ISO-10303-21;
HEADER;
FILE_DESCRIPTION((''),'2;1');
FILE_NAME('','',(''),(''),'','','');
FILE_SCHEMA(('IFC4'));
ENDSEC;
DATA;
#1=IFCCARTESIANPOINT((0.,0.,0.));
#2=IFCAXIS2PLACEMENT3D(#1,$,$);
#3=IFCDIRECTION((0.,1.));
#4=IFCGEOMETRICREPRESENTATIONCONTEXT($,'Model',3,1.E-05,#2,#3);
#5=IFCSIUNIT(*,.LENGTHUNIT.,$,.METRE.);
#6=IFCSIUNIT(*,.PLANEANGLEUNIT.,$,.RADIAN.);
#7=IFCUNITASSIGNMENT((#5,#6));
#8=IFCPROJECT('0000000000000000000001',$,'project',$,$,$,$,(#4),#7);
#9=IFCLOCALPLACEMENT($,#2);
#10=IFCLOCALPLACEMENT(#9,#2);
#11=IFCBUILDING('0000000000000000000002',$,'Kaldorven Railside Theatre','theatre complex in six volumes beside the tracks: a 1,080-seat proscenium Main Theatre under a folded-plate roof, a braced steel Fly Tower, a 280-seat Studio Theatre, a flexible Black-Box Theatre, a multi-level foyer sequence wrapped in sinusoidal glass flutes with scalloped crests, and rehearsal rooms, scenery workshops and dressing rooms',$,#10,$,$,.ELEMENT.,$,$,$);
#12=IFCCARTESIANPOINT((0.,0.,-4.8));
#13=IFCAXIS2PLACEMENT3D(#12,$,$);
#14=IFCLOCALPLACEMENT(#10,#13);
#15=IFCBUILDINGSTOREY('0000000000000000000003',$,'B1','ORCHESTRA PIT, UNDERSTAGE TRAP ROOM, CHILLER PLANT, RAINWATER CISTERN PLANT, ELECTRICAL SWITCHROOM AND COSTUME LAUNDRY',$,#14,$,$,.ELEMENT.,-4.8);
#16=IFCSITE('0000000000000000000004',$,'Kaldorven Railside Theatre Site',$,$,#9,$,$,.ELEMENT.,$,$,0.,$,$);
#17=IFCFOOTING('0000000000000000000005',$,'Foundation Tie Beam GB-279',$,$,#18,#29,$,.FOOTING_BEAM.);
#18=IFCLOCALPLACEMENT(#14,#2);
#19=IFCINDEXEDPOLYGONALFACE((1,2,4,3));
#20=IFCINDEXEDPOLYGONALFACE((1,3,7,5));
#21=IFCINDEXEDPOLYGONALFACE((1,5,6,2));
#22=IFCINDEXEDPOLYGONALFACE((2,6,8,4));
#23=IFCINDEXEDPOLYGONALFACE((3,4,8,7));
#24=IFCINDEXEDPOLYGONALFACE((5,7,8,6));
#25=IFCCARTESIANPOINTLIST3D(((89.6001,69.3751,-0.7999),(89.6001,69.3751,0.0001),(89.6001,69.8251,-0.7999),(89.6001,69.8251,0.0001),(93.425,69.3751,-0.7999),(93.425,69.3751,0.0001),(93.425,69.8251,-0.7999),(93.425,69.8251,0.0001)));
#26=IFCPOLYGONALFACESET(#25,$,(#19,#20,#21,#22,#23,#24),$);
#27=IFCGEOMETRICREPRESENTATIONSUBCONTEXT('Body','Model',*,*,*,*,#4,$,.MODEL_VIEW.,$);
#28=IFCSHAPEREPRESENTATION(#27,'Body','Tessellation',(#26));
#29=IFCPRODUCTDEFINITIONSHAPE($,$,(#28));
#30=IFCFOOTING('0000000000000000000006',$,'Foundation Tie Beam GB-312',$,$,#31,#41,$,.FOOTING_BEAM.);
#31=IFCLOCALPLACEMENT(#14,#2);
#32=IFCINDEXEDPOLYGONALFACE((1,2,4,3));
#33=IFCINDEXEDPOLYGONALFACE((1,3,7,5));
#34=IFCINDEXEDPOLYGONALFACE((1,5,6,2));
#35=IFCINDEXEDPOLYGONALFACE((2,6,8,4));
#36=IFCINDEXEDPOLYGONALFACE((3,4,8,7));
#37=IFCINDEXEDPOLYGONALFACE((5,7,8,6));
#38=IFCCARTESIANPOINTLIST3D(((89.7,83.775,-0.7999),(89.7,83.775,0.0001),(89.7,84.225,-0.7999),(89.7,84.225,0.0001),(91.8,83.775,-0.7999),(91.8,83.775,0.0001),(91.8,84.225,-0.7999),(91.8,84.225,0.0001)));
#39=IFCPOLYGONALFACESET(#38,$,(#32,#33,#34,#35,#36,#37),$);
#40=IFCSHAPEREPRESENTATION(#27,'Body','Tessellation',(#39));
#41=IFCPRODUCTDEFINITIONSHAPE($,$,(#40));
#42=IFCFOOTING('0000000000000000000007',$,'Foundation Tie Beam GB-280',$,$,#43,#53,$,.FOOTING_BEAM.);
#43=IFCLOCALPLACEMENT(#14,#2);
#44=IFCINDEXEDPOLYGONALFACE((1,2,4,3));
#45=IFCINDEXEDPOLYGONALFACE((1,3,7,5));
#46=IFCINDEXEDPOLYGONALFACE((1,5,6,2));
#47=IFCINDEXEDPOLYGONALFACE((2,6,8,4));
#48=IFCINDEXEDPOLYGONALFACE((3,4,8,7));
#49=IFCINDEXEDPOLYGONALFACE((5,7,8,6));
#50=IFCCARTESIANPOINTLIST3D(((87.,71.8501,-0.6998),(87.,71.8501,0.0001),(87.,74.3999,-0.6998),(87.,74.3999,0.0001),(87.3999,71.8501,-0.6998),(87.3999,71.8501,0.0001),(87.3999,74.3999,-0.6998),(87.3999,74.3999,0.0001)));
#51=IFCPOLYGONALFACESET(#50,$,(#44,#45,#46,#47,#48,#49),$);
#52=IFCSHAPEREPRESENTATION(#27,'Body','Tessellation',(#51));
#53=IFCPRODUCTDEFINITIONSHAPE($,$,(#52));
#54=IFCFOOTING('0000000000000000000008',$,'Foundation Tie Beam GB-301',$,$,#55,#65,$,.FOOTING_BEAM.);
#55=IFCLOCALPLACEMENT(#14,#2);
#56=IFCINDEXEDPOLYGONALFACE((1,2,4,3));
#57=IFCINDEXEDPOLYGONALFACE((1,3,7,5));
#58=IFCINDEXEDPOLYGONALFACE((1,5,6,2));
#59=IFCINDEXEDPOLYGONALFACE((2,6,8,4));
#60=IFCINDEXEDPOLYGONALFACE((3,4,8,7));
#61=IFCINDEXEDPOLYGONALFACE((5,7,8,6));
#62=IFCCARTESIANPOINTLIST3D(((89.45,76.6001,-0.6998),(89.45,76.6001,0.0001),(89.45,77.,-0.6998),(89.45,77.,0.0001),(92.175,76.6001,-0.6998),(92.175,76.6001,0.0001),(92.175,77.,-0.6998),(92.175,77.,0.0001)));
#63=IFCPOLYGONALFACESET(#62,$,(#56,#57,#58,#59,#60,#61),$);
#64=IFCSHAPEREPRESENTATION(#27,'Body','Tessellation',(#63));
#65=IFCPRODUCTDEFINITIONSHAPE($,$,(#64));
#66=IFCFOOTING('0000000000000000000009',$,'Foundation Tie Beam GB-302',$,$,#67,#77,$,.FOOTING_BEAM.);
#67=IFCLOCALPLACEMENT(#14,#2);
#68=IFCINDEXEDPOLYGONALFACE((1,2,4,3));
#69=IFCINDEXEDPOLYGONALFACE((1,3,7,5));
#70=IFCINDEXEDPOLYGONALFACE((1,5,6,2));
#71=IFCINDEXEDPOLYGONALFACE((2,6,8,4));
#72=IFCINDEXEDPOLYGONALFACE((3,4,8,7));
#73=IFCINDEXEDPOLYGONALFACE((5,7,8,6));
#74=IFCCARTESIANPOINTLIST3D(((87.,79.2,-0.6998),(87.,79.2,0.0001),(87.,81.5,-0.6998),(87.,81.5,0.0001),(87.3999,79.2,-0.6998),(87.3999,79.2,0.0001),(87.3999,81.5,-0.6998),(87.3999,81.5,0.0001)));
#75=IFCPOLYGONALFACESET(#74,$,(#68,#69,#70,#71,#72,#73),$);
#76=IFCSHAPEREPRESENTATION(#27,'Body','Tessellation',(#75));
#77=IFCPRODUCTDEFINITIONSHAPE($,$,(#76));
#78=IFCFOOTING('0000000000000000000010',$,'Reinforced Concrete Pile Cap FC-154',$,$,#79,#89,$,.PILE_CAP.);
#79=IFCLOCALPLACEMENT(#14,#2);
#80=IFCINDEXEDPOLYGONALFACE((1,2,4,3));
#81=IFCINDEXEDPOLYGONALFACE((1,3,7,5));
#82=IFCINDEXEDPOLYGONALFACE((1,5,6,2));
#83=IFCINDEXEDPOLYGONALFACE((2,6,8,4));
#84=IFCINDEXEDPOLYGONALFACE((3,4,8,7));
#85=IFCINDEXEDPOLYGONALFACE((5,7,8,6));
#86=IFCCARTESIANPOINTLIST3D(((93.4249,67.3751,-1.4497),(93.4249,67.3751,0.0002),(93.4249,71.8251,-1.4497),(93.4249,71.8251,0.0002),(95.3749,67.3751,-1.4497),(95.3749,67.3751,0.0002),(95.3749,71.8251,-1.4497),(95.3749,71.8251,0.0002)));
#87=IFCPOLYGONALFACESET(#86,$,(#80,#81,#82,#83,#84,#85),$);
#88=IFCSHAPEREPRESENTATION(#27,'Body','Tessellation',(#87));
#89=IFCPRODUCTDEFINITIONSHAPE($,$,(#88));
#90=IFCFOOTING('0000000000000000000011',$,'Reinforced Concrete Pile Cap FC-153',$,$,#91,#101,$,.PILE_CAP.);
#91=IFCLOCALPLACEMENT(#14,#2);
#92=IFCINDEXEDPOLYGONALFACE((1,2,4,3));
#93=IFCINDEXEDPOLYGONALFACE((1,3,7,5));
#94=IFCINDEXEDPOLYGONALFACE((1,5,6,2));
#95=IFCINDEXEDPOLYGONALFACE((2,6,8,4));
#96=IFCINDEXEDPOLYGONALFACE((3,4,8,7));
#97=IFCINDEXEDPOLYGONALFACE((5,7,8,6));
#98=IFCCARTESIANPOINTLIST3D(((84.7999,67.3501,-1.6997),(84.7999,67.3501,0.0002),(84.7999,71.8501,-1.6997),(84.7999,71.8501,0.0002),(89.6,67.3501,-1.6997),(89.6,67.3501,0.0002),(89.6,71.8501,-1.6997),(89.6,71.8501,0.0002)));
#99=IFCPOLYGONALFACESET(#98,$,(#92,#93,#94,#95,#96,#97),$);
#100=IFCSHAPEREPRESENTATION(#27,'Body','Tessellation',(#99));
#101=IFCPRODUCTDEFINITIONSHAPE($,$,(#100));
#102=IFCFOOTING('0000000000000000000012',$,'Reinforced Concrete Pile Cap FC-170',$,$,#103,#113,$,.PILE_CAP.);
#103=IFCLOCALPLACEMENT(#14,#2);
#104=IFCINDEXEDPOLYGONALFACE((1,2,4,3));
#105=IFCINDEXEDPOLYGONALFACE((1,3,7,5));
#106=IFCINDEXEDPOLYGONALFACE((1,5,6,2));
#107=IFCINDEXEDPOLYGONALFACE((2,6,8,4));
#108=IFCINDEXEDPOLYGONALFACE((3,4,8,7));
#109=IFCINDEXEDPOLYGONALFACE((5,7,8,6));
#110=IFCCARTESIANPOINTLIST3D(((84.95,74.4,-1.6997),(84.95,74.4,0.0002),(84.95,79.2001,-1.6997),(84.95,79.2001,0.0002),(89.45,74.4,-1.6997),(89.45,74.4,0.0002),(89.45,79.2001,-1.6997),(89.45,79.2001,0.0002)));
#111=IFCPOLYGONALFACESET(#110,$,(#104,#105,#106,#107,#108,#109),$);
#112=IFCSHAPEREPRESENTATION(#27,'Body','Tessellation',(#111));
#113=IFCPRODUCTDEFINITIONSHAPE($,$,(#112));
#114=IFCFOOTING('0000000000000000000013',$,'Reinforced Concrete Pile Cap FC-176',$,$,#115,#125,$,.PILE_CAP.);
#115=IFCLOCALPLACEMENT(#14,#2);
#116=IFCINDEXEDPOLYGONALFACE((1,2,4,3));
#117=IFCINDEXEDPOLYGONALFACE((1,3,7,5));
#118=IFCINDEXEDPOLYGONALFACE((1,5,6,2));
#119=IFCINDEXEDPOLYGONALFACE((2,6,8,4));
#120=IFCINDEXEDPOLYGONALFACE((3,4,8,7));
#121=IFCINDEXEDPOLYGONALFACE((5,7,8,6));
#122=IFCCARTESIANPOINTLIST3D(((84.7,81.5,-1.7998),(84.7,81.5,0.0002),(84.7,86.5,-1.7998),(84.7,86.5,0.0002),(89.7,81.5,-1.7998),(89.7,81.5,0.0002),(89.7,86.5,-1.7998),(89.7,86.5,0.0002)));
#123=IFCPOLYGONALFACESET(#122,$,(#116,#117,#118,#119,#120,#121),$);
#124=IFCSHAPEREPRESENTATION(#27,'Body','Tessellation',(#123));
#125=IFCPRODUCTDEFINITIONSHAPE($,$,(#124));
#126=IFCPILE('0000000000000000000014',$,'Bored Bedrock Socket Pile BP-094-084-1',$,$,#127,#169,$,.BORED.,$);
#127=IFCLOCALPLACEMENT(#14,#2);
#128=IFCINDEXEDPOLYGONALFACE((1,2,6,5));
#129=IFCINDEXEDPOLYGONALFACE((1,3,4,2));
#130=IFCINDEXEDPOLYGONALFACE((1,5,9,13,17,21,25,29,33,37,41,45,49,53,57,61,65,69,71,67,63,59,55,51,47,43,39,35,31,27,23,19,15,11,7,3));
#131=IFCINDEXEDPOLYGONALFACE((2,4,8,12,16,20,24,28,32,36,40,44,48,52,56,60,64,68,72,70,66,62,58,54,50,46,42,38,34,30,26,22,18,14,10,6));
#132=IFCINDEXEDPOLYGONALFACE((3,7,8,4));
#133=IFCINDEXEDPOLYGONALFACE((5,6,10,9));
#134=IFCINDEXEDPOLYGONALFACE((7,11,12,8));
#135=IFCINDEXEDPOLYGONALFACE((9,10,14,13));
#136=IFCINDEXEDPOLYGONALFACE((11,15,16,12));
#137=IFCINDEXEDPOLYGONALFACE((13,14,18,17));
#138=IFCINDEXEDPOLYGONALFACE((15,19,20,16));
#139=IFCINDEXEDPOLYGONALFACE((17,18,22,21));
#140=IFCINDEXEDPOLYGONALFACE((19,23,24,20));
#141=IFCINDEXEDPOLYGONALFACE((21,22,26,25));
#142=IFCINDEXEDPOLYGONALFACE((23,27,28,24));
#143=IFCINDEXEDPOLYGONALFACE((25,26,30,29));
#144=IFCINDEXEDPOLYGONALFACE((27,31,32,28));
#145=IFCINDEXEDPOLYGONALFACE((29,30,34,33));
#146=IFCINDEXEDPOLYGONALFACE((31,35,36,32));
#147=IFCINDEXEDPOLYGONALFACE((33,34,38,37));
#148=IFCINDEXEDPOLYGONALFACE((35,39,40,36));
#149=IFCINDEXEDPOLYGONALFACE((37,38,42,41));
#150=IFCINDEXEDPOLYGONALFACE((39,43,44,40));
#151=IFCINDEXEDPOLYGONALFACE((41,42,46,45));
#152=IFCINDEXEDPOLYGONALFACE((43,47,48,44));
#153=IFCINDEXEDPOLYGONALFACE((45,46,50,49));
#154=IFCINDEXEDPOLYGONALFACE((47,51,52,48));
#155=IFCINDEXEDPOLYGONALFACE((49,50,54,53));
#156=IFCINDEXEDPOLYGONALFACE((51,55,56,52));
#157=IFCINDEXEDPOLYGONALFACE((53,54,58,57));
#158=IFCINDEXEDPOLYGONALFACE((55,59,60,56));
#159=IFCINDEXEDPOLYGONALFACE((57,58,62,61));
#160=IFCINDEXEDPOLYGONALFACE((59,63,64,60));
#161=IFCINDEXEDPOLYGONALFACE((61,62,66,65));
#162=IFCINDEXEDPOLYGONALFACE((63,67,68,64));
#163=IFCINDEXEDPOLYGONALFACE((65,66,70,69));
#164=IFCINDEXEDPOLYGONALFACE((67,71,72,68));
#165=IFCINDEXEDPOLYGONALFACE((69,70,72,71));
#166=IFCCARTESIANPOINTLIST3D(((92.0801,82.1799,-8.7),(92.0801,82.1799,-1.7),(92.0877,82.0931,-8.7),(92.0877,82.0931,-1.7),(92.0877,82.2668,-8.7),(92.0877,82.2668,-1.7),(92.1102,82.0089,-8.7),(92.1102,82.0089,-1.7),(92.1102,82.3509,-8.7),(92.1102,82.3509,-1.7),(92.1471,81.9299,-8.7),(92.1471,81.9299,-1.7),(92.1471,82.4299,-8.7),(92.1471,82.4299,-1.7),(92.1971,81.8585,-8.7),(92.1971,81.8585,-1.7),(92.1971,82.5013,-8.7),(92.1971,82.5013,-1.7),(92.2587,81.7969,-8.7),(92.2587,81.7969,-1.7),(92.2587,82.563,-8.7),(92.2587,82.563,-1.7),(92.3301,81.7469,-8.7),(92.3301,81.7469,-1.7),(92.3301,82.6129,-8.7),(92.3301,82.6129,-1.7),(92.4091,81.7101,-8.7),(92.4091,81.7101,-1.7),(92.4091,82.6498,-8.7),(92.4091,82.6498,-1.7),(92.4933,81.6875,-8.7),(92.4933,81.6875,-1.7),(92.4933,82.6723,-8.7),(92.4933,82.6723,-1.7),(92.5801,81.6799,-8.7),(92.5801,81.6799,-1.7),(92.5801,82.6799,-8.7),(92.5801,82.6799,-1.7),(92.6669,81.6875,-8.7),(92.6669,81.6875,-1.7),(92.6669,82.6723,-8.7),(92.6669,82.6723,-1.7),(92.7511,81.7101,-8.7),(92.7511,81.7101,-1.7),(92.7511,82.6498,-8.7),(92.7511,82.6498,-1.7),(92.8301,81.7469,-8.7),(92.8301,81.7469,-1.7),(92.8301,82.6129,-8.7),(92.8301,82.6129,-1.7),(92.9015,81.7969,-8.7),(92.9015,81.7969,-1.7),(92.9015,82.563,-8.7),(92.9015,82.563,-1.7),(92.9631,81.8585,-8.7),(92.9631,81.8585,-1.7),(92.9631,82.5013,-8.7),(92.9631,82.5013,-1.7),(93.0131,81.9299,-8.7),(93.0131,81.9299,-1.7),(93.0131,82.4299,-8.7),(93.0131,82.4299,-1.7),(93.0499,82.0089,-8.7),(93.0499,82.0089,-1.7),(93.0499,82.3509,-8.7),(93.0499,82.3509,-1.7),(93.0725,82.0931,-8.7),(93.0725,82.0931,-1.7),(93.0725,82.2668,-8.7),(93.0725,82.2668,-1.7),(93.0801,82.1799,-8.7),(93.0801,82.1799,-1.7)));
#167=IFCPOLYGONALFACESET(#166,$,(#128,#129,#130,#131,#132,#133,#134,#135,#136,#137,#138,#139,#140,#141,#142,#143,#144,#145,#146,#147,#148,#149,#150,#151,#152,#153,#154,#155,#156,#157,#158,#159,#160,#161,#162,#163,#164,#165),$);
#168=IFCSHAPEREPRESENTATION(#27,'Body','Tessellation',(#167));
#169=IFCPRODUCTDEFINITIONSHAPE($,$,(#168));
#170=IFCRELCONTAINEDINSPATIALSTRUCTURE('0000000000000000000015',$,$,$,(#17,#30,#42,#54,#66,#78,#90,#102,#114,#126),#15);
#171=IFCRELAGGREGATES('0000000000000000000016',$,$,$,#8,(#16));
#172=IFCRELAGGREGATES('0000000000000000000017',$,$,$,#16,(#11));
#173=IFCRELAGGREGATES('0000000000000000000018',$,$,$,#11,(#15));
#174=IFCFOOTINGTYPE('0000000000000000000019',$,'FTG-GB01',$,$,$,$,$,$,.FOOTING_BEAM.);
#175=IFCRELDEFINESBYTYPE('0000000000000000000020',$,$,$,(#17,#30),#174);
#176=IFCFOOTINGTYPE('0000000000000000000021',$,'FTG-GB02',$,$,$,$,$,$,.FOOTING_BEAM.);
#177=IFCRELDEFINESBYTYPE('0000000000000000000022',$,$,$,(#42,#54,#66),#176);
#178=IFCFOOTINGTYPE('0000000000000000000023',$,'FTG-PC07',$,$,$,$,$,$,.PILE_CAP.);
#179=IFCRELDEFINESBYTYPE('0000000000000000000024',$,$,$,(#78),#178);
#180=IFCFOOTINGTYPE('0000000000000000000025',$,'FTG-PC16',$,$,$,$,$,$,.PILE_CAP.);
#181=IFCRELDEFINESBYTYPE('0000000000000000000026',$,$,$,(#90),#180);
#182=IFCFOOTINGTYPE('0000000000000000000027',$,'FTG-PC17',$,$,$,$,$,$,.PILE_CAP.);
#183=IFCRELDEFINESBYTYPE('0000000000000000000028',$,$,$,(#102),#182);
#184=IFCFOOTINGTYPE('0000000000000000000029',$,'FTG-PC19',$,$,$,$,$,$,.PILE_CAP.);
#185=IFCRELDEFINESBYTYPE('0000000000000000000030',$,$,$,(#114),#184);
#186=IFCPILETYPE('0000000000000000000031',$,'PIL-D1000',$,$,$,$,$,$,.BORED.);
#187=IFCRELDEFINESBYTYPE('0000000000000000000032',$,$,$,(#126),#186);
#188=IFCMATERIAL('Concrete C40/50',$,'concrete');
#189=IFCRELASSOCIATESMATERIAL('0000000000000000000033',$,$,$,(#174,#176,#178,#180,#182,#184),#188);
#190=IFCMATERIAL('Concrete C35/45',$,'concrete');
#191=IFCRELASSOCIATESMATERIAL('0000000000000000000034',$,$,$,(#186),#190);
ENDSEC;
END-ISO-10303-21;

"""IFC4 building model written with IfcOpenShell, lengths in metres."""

from ifc_helpers import new_model, si_unit, direction, frame, origin, origin_2d, place, context, subcontext, project, spatial, rectangle, circle, extrude, material, material_profile, profile_set, type_object, element, save


model = new_model("IFC4")

# Units and contexts
model_context = context("Model", 3, precision=1e-05, world=origin(), true_north=direction((0.0, 1.0)))
body_context = subcontext(model_context, "Body", "Model", "MODEL_VIEW")
ifc_project = project(units=[si_unit("LENGTHUNIT", "METRE"), si_unit("PLANEANGLEUNIT", "RADIAN")], contexts=[model_context])

# Site, building, storey
site_placement = place(None, origin())
site = spatial("IfcSite", under=ifc_project, at=site_placement, Name="Kaldorven Railside Theatre Site", CompositionType="ELEMENT", RefElevation=0.0)
building_placement = place(site_placement, origin())
building = spatial("IfcBuilding", under=site, at=building_placement, Name="Kaldorven Railside Theatre", Description="theatre complex in six volumes beside the tracks: a 1,080-seat proscenium Main Theatre under a folded-plate roof, a braced steel Fly Tower, a 280-seat Studio Theatre, a flexible Black-Box Theatre, a multi-level foyer sequence wrapped in sinusoidal glass flutes with scalloped crests, and rehearsal rooms, scenery workshops and dressing rooms", CompositionType="ELEMENT")
storey_placement = place(building_placement, frame((0.0, 0.0, -4.8)))
storey = spatial("IfcBuildingStorey", under=building, at=storey_placement, Name="B1", Description="ORCHESTRA PIT, UNDERSTAGE TRAP ROOM, CHILLER PLANT, RAINWATER CISTERN PLANT, ELECTRICAL SWITCHROOM AND COSTUME LAUNDRY", CompositionType="ELEMENT", Elevation=-4.8)

# Footings
ifc_material_1 = material(Name="Concrete C40/50", Category="concrete")
ifc_material_profile_1 = material_profile(ifc_material_1, rectangle(XDim=0.45, YDim=0.8, at=origin_2d()), Name="RC 450x800")
ifc_profile_set_1 = profile_set([ifc_material_profile_1], Name="Concrete C40/50")
footing_type_1 = type_object("IfcFootingType", Name="FTG-GB01", PredefinedType="FOOTING_BEAM", material=ifc_profile_set_1)
footing_1_placement = place(storey_placement, frame((89.6001, 69.6001, -0.3999), z_axis=(1.0, 0.0, 0.0), x_axis=(0.0, 1.0, 0.0)))
element("IfcFooting", 1, at=footing_1_placement, inside=storey, type_object=footing_type_1, Name="Foundation Tie Beam GB-279", PredefinedType="FOOTING_BEAM", context=body_context, shape_type="SweptSolid", body=[
    extrude(rectangle(XDim=0.45, YDim=0.8, at=origin_2d()), origin(), (0.0, 0.0, 1.0), 3.825),
])
footing_2_placement = place(storey_placement, frame((89.7, 84.0, -0.3999), z_axis=(1.0, 0.0, 0.0), x_axis=(0.0, 1.0, 0.0)))
element("IfcFooting", 2, at=footing_2_placement, inside=storey, type_object=footing_type_1, Name="Foundation Tie Beam GB-312", PredefinedType="FOOTING_BEAM", context=body_context, shape_type="SweptSolid", body=[
    extrude(rectangle(XDim=0.45, YDim=0.8, at=origin_2d()), origin(), (0.0, 0.0, 1.0), 2.1001),
])
ifc_material_profile_2 = material_profile(ifc_material_1, rectangle(XDim=0.3999, YDim=0.7, at=origin_2d()), Name="RC 400x700")
ifc_profile_set_2 = profile_set([ifc_material_profile_2], Name="Concrete C40/50")
footing_type_2 = type_object("IfcFootingType", Name="FTG-GB02", PredefinedType="FOOTING_BEAM", material=ifc_profile_set_2)
footing_3_placement = place(storey_placement, frame((87.2, 71.8501, -0.3499), z_axis=(0.0, 1.0, 0.0), x_axis=(-1.0, 0.0, 0.0)))
element("IfcFooting", 3, at=footing_3_placement, inside=storey, type_object=footing_type_2, Name="Foundation Tie Beam GB-280", PredefinedType="FOOTING_BEAM", context=body_context, shape_type="SweptSolid", body=[
    extrude(rectangle(XDim=0.3999, YDim=0.7, at=origin_2d()), origin(), (0.0, 0.0, 1.0), 2.5498),
])
footing_4_placement = place(storey_placement, frame((89.45, 76.8, -0.3499), z_axis=(1.0, 0.0, 0.0), x_axis=(0.0, 1.0, 0.0)))
element("IfcFooting", 4, at=footing_4_placement, inside=storey, type_object=footing_type_2, Name="Foundation Tie Beam GB-301", PredefinedType="FOOTING_BEAM", context=body_context, shape_type="SweptSolid", body=[
    extrude(rectangle(XDim=0.3999, YDim=0.7, at=origin_2d()), origin(), (0.0, 0.0, 1.0), 2.7251),
])
footing_5_placement = place(storey_placement, frame((87.2, 79.2, -0.3499), z_axis=(0.0, 1.0, 0.0), x_axis=(-1.0, 0.0, 0.0)))
element("IfcFooting", 5, at=footing_5_placement, inside=storey, type_object=footing_type_2, Name="Foundation Tie Beam GB-302", PredefinedType="FOOTING_BEAM", context=body_context, shape_type="SweptSolid", body=[
    extrude(rectangle(XDim=0.3999, YDim=0.7, at=origin_2d()), origin(), (0.0, 0.0, 1.0), 2.3),
])
footing_type_3 = type_object("IfcFootingType", Name="FTG-PC07", PredefinedType="PILE_CAP", material=ifc_material_1)
footing_6_placement = place(storey_placement, frame((94.3999, 69.6001, -1.4497), z_axis=(0.0, 0.0, 1.0), x_axis=(1.0, 0.0, 0.0)))
element("IfcFooting", 6, at=footing_6_placement, inside=storey, type_object=footing_type_3, Name="Reinforced Concrete Pile Cap FC-154", PredefinedType="PILE_CAP", context=body_context, shape_type="SweptSolid", body=[
    extrude(rectangle(XDim=1.95, YDim=4.45, at=origin_2d()), origin(), (0.0, 0.0, 1.0), 1.45),
])
footing_type_4 = type_object("IfcFootingType", Name="FTG-PC16", PredefinedType="PILE_CAP", material=ifc_material_1)
footing_7_placement = place(storey_placement, frame((87.2, 69.6001, -1.6997), z_axis=(0.0, 0.0, 1.0), x_axis=(1.0, 0.0, 0.0)))
element("IfcFooting", 7, at=footing_7_placement, inside=storey, type_object=footing_type_4, Name="Reinforced Concrete Pile Cap FC-153", PredefinedType="PILE_CAP", context=body_context, shape_type="SweptSolid", body=[
    extrude(rectangle(XDim=4.8, YDim=4.5, at=origin_2d()), origin(), (0.0, 0.0, 1.0), 1.7),
])
footing_type_5 = type_object("IfcFootingType", Name="FTG-PC17", PredefinedType="PILE_CAP", material=ifc_material_1)
footing_8_placement = place(storey_placement, frame((87.2, 76.8, -1.6997), z_axis=(0.0, 0.0, 1.0), x_axis=(1.0, 0.0, 0.0)))
element("IfcFooting", 8, at=footing_8_placement, inside=storey, type_object=footing_type_5, Name="Reinforced Concrete Pile Cap FC-170", PredefinedType="PILE_CAP", context=body_context, shape_type="SweptSolid", body=[
    extrude(rectangle(XDim=4.5, YDim=4.8, at=origin_2d()), origin(), (0.0, 0.0, 1.0), 1.7),
])
footing_type_6 = type_object("IfcFootingType", Name="FTG-PC19", PredefinedType="PILE_CAP", material=ifc_material_1)
footing_9_placement = place(storey_placement, frame((87.2, 84.0, -1.7998), z_axis=(0.0, 0.0, 1.0), x_axis=(1.0, 0.0, 0.0)))
element("IfcFooting", 9, at=footing_9_placement, inside=storey, type_object=footing_type_6, Name="Reinforced Concrete Pile Cap FC-176", PredefinedType="PILE_CAP", context=body_context, shape_type="SweptSolid", body=[
    extrude(rectangle(XDim=5.0, YDim=5.0, at=origin_2d()), origin(), (0.0, 0.0, 1.0), 1.8),
])

# Pile
ifc_material_2 = material(Name="Concrete C35/45", Category="concrete")
ifc_material_profile_3 = material_profile(ifc_material_2, circle(Radius=0.5, at=origin_2d()), Name="BP D1000")
ifc_profile_set_3 = profile_set([ifc_material_profile_3], Name="Concrete C35/45")
pile_type_1 = type_object("IfcPileType", Name="PIL-D1000", PredefinedType="BORED", material=ifc_profile_set_3)
pile_placement = place(storey_placement, frame((92.5801, 82.1799, -1.7), z_axis=(0.0, 0.0, -1.0), x_axis=(1.0, 0.0, 0.0)))
element("IfcPile", 10, at=pile_placement, inside=storey, type_object=pile_type_1, Name="Bored Bedrock Socket Pile BP-094-084-1", PredefinedType="BORED", context=body_context, shape_type="SweptSolid", body=[
    extrude(circle(Radius=0.5, at=origin_2d()), origin(), (0.0, 0.0, 1.0), 7.0),
])

save(model, "model.ifc")
